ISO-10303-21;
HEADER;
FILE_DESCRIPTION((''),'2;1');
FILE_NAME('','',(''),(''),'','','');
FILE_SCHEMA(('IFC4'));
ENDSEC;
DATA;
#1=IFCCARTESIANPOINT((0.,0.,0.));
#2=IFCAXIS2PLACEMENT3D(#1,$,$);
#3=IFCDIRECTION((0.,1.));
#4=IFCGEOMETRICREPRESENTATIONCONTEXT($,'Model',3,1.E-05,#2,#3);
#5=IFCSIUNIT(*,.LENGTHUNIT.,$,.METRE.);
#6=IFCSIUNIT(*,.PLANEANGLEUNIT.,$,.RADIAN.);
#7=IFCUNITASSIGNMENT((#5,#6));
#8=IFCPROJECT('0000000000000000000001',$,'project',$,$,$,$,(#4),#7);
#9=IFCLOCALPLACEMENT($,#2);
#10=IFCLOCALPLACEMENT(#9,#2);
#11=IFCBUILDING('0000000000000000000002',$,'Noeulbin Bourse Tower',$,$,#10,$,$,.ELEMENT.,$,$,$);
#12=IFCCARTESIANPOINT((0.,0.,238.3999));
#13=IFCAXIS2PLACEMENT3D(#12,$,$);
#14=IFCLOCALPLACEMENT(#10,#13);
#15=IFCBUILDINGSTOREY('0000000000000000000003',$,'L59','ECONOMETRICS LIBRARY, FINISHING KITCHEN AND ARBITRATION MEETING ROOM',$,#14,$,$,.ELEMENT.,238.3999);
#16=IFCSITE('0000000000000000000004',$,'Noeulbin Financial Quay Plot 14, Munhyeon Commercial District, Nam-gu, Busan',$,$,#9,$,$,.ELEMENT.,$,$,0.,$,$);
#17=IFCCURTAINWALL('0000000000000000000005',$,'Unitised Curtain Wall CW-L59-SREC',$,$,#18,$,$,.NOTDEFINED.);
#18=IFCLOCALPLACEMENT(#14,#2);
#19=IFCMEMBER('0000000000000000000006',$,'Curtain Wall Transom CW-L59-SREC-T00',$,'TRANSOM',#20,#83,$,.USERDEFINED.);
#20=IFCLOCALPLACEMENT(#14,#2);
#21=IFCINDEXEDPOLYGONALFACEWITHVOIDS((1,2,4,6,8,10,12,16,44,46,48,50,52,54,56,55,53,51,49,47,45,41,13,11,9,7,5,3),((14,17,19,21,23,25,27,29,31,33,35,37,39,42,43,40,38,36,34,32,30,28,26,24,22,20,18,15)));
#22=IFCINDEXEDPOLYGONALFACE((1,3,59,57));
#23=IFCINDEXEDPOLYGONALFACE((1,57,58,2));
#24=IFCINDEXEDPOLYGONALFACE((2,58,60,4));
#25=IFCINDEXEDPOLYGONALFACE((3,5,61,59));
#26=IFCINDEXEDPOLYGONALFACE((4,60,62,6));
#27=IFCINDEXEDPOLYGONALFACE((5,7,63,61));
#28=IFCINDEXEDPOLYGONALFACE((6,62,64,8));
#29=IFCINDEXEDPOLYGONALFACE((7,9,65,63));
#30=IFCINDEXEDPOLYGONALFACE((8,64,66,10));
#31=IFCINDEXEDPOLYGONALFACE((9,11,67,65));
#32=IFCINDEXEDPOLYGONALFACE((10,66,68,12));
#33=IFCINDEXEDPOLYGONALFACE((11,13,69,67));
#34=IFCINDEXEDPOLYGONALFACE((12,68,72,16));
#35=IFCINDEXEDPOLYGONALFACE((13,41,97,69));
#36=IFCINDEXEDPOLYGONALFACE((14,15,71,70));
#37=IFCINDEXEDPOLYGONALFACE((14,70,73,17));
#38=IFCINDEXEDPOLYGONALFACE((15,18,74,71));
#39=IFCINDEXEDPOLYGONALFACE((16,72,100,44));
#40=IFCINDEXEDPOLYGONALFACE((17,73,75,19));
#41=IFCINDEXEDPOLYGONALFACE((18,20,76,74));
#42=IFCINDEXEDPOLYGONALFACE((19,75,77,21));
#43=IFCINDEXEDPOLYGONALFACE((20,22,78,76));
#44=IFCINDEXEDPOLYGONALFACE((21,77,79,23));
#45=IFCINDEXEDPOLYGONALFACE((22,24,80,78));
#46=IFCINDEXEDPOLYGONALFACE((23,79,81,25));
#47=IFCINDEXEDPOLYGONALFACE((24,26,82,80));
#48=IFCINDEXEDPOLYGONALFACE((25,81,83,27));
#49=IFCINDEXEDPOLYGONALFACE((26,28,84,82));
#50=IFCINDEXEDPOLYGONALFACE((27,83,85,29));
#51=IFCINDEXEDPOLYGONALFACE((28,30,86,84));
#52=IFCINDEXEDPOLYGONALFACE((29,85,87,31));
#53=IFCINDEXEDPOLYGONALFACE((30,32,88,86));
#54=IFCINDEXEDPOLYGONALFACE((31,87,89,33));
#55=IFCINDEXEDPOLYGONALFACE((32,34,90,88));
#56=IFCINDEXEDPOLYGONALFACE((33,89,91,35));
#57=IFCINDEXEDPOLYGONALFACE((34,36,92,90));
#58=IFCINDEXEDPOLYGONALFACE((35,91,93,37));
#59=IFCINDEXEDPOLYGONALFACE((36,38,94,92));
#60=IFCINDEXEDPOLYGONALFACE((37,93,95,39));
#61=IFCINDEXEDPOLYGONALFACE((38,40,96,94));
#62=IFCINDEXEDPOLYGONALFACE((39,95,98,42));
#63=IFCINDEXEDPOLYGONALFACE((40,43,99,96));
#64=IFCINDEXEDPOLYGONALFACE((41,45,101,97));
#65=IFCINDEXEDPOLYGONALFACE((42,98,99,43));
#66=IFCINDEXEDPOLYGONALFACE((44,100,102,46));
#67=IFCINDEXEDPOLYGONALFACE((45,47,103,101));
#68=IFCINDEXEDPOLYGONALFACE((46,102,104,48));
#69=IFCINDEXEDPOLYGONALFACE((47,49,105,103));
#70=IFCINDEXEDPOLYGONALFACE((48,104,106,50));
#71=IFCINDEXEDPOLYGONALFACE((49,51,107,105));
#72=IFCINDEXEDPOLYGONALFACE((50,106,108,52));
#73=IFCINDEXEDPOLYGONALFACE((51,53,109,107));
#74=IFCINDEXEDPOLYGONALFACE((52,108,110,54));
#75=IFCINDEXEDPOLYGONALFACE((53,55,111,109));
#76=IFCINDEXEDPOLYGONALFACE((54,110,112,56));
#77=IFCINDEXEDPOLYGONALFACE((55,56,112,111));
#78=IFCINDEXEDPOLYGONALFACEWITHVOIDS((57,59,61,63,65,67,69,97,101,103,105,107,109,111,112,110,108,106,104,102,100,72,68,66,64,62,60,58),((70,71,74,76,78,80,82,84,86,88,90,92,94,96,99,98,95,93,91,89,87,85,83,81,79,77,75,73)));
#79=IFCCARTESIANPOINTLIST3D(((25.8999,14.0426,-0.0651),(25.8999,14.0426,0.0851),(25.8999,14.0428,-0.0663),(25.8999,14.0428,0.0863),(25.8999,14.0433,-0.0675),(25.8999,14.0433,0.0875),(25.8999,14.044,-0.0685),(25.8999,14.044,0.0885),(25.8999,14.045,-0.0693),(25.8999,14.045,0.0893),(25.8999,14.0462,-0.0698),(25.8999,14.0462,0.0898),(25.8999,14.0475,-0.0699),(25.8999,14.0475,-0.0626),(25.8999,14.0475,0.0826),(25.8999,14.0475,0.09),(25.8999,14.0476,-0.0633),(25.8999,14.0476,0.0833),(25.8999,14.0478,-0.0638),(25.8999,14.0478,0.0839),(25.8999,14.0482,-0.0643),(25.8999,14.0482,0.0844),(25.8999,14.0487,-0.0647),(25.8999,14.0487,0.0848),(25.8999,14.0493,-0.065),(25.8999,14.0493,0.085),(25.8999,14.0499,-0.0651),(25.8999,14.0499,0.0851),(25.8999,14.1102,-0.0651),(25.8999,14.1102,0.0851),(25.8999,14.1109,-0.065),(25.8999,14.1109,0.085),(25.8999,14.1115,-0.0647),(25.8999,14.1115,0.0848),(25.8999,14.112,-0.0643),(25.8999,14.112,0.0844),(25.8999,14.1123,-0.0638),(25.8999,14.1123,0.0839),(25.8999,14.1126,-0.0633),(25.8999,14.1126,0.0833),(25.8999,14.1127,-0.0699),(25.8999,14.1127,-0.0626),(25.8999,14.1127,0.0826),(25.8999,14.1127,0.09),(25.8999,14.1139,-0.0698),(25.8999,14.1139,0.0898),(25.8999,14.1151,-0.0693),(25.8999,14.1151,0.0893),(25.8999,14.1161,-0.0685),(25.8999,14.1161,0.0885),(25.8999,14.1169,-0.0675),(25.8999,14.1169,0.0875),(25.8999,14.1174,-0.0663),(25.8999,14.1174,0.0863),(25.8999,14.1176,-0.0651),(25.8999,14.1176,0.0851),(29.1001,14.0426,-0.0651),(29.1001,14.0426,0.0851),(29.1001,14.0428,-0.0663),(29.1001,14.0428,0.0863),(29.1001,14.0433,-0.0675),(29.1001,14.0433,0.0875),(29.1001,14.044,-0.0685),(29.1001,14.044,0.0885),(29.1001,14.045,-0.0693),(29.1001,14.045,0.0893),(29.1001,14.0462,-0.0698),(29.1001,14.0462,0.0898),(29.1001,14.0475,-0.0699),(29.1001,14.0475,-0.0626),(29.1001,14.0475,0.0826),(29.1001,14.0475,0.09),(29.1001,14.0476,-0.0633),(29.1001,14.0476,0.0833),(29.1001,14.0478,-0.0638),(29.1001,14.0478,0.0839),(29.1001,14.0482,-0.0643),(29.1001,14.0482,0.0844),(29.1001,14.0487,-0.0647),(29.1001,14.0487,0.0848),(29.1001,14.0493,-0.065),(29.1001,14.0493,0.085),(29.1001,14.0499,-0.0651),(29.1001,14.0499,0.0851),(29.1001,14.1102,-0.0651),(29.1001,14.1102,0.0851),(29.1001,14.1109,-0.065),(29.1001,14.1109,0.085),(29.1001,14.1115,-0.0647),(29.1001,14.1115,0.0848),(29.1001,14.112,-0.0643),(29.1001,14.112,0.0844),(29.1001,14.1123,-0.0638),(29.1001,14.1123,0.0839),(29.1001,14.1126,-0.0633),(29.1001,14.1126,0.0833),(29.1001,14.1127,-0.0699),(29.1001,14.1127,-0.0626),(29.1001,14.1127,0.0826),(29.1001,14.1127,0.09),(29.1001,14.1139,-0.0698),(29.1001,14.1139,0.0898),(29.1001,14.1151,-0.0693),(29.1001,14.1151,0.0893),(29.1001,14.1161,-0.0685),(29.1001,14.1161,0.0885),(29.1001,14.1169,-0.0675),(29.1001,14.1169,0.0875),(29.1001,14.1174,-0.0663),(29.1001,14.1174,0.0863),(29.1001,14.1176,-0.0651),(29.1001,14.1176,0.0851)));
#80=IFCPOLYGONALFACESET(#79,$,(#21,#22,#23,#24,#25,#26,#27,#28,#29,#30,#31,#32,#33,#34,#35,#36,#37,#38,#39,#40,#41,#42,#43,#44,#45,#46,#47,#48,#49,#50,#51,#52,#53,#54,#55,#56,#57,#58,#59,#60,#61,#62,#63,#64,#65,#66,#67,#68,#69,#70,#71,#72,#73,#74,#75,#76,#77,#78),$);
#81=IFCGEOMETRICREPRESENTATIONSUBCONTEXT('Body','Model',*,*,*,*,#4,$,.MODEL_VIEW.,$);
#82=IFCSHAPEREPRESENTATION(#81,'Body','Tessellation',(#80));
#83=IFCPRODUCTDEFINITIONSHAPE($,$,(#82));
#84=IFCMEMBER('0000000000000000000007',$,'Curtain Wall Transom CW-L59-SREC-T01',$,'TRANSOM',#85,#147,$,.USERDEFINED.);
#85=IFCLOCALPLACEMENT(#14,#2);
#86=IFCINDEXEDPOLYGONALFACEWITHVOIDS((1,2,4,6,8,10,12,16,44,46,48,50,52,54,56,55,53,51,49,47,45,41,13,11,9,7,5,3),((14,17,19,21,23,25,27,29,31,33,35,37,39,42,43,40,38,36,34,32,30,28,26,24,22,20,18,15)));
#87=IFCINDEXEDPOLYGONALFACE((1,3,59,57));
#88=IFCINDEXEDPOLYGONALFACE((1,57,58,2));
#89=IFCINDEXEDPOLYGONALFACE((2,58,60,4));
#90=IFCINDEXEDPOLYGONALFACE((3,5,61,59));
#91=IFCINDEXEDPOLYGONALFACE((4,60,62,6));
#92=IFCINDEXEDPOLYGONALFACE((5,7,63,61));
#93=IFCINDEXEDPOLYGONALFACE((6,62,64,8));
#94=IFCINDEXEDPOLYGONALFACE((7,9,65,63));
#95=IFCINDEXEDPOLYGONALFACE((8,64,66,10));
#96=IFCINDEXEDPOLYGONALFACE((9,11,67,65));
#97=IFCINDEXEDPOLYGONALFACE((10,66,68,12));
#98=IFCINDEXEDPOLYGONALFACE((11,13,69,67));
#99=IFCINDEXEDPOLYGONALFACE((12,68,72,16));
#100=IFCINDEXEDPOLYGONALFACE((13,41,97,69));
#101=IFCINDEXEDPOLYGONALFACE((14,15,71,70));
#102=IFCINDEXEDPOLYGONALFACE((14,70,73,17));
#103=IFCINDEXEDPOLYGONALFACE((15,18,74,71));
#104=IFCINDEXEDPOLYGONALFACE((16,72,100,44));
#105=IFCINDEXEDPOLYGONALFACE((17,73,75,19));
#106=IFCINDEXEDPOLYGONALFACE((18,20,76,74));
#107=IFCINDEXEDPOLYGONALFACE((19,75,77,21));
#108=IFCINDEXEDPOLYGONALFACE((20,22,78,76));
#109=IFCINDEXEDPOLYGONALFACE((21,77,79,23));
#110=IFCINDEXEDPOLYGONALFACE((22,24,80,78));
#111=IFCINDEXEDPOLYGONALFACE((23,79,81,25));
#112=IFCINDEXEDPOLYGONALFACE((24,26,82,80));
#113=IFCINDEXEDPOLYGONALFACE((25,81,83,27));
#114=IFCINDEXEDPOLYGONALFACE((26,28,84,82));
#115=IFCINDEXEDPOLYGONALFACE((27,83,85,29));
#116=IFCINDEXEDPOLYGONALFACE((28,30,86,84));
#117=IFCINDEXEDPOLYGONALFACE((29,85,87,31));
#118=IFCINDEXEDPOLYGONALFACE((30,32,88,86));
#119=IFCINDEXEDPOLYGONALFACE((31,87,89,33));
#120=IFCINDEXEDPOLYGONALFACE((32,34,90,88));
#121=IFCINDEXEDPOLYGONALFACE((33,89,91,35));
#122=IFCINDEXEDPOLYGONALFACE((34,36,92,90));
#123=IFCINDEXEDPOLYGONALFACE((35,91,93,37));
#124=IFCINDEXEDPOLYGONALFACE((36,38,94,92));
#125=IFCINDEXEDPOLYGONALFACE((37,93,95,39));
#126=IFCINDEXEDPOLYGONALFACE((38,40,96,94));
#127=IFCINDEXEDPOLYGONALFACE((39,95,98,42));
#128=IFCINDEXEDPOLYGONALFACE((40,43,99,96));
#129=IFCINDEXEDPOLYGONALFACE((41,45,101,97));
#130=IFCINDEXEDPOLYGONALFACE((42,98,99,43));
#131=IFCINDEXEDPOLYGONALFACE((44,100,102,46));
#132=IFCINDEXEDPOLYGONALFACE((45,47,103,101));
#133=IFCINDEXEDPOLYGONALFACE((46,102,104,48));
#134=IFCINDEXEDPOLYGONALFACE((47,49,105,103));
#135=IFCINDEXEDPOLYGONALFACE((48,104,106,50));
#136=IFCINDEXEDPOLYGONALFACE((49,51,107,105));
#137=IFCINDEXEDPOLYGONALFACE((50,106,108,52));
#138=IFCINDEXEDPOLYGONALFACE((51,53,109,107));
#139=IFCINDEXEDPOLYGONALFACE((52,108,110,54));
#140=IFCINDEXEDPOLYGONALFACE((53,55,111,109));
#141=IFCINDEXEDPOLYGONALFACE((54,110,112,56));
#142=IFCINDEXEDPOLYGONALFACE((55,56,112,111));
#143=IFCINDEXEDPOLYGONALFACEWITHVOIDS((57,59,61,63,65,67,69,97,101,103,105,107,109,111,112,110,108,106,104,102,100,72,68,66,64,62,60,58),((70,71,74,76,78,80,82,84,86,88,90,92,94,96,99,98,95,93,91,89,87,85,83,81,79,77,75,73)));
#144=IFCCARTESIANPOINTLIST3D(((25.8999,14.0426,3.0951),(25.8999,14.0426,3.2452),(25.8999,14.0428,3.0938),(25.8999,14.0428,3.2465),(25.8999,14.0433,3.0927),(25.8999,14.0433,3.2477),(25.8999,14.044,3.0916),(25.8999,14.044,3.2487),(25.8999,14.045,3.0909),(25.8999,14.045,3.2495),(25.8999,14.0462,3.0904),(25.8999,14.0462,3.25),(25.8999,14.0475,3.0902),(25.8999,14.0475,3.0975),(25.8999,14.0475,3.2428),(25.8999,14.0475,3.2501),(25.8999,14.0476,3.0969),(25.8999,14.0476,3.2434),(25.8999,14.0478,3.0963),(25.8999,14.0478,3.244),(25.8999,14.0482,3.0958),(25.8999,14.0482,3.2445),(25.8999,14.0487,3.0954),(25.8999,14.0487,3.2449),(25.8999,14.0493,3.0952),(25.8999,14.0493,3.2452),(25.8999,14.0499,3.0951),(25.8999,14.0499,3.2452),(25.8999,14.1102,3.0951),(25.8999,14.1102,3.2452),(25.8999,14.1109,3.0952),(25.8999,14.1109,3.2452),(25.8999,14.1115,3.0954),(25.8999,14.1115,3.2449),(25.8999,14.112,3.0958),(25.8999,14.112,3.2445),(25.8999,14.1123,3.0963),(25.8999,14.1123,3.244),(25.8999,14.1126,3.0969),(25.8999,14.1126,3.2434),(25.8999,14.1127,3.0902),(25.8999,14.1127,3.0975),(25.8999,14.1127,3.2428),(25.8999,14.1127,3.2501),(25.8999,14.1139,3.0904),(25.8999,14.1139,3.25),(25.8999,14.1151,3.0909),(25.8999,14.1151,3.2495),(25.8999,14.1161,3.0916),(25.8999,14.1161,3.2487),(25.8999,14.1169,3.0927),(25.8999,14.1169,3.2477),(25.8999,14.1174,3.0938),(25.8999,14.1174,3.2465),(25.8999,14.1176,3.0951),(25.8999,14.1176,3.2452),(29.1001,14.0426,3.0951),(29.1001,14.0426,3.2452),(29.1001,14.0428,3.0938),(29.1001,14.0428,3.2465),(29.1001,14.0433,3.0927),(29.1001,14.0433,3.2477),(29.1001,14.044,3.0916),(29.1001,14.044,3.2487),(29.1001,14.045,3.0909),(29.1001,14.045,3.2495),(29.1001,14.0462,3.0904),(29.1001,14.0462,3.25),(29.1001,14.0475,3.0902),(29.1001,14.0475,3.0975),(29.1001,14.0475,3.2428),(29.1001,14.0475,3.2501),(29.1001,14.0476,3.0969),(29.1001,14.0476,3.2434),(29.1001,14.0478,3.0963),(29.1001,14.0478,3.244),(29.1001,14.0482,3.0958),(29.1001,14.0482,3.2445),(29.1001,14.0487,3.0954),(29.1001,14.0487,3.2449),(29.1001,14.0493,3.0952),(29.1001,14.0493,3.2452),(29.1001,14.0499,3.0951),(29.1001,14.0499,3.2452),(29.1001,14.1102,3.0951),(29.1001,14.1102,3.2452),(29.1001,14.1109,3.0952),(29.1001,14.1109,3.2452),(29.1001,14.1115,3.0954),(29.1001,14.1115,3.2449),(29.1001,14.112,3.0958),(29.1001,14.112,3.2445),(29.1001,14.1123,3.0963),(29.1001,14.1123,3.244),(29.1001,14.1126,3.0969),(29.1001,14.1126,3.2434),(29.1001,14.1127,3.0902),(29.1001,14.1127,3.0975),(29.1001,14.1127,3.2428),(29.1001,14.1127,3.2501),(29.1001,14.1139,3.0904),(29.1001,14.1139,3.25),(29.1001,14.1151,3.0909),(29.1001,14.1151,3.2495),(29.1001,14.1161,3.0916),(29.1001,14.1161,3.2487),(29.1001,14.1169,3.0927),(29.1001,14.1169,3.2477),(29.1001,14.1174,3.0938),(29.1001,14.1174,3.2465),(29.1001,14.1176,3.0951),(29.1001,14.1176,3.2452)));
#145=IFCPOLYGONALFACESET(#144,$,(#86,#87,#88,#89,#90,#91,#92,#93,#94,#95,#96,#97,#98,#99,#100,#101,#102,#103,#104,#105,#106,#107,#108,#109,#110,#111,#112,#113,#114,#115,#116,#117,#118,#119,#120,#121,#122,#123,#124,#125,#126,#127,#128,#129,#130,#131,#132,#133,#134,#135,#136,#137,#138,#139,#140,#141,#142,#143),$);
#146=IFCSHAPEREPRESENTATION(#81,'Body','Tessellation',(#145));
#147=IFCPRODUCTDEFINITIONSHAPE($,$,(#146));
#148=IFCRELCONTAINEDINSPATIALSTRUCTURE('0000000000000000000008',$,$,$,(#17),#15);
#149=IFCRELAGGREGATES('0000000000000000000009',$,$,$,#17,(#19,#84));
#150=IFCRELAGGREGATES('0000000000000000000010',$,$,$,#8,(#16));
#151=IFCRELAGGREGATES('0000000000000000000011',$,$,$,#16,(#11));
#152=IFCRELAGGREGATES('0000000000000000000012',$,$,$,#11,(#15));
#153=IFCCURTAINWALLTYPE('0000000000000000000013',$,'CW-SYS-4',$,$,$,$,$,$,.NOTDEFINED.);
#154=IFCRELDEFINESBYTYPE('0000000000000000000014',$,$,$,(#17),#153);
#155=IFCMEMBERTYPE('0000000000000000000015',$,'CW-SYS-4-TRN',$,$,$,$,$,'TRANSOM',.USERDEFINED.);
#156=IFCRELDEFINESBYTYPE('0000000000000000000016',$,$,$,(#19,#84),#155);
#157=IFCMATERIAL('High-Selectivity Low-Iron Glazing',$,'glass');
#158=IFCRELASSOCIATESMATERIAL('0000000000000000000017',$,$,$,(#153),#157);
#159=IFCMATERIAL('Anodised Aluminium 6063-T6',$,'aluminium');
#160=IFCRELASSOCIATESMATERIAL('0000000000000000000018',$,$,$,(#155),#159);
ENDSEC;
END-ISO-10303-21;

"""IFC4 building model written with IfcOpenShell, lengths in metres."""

from ifc_helpers import new_model, si_unit, direction, frame, origin, origin_2d, place, context, subcontext, project, spatial, hollow_rectangle, extrude, material, material_profile, profile_set, type_object, element, aggregate, save


model = new_model("IFC4")

# Units and contexts
model_context = context("Model", 3, precision=1e-05, world=origin(), true_north=direction((0.0, 1.0)))
body_context = subcontext(model_context, "Body", "Model", "MODEL_VIEW")
ifc_project = project(units=[si_unit("LENGTHUNIT", "METRE"), si_unit("PLANEANGLEUNIT", "RADIAN")], contexts=[model_context])

# Site, building, storey
site_placement = place(None, origin())
site = spatial("IfcSite", under=ifc_project, at=site_placement, Name="Noeulbin Financial Quay Plot 14, Munhyeon Commercial District, Nam-gu, Busan", CompositionType="ELEMENT", RefElevation=0.0)
building_placement = place(site_placement, origin())
building = spatial("IfcBuilding", under=site, at=building_placement, Name="Noeulbin Bourse Tower", CompositionType="ELEMENT")
storey_placement = place(building_placement, frame((0.0, 0.0, 238.3999)))
storey = spatial("IfcBuildingStorey", under=building, at=storey_placement, Name="L59", Description="ECONOMETRICS LIBRARY, FINISHING KITCHEN AND ARBITRATION MEETING ROOM", CompositionType="ELEMENT", Elevation=238.3999)

# Curtain wall
ifc_material_1 = material(Name="High-Selectivity Low-Iron Glazing", Category="glass")
curtain_wall_type = type_object("IfcCurtainWallType", Name="CW-SYS-4", PredefinedType="NOTDEFINED", material=ifc_material_1)
curtain_wall_1_placement = place(storey_placement, origin())
curtain_wall_1 = element("IfcCurtainWall", 1, at=curtain_wall_1_placement, inside=storey, type_object=curtain_wall_type, Name="Unitised Curtain Wall CW-L59-SREC", PredefinedType="NOTDEFINED")
ifc_material_2 = material(Name="Anodised Aluminium 6063-T6", Category="aluminium")

# Members
ifc_material_profile_1 = material_profile(ifc_material_2, hollow_rectangle(XDim=0.075, YDim=0.1599, WallThickness=0.0049, InnerFilletRadius=0.0024, OuterFilletRadius=0.0049, at=origin_2d()), Name="ALU-TRAN-75x160x5", Category="LoadBearing")
ifc_profile_set_1 = profile_set([ifc_material_profile_1], Name="Anodised Aluminium 6063-T6")
member_type_1 = type_object("IfcMemberType", Name="CW-SYS-4-TRN", ElementType="TRANSOM", PredefinedType="USERDEFINED", material=ifc_profile_set_1)
member_1_placement = place(storey_placement, frame((25.8999, 14.0801, 0.01), z_axis=(1.0, 0.0, 0.0), x_axis=(0.0, 1.0, 0.0)))
member_1 = element("IfcMember", 2, at=member_1_placement, type_object=member_type_1, Name="Curtain Wall Transom CW-L59-SREC-T00", ObjectType="TRANSOM", PredefinedType="USERDEFINED", context=body_context, shape_type="SweptSolid", body=[
    extrude(hollow_rectangle(XDim=0.075, YDim=0.1599, WallThickness=0.0049, InnerFilletRadius=0.0024, OuterFilletRadius=0.0049, at=origin_2d()), origin(), (0.0, 0.0, 1.0), 3.2002),
])
member_2_placement = place(storey_placement, frame((25.8999, 14.0801, 3.1702), z_axis=(1.0, 0.0, 0.0), x_axis=(0.0, 1.0, 0.0)))
member_2 = element("IfcMember", 3, at=member_2_placement, type_object=member_type_1, Name="Curtain Wall Transom CW-L59-SREC-T01", ObjectType="TRANSOM", PredefinedType="USERDEFINED", context=body_context, shape_type="SweptSolid", body=[
    extrude(hollow_rectangle(XDim=0.075, YDim=0.1599, WallThickness=0.0049, InnerFilletRadius=0.0024, OuterFilletRadius=0.0049, at=origin_2d()), origin(), (0.0, 0.0, 1.0), 3.2002),
])

aggregate(curtain_wall_1, [member_1, member_2])

save(model, "model.ifc")
